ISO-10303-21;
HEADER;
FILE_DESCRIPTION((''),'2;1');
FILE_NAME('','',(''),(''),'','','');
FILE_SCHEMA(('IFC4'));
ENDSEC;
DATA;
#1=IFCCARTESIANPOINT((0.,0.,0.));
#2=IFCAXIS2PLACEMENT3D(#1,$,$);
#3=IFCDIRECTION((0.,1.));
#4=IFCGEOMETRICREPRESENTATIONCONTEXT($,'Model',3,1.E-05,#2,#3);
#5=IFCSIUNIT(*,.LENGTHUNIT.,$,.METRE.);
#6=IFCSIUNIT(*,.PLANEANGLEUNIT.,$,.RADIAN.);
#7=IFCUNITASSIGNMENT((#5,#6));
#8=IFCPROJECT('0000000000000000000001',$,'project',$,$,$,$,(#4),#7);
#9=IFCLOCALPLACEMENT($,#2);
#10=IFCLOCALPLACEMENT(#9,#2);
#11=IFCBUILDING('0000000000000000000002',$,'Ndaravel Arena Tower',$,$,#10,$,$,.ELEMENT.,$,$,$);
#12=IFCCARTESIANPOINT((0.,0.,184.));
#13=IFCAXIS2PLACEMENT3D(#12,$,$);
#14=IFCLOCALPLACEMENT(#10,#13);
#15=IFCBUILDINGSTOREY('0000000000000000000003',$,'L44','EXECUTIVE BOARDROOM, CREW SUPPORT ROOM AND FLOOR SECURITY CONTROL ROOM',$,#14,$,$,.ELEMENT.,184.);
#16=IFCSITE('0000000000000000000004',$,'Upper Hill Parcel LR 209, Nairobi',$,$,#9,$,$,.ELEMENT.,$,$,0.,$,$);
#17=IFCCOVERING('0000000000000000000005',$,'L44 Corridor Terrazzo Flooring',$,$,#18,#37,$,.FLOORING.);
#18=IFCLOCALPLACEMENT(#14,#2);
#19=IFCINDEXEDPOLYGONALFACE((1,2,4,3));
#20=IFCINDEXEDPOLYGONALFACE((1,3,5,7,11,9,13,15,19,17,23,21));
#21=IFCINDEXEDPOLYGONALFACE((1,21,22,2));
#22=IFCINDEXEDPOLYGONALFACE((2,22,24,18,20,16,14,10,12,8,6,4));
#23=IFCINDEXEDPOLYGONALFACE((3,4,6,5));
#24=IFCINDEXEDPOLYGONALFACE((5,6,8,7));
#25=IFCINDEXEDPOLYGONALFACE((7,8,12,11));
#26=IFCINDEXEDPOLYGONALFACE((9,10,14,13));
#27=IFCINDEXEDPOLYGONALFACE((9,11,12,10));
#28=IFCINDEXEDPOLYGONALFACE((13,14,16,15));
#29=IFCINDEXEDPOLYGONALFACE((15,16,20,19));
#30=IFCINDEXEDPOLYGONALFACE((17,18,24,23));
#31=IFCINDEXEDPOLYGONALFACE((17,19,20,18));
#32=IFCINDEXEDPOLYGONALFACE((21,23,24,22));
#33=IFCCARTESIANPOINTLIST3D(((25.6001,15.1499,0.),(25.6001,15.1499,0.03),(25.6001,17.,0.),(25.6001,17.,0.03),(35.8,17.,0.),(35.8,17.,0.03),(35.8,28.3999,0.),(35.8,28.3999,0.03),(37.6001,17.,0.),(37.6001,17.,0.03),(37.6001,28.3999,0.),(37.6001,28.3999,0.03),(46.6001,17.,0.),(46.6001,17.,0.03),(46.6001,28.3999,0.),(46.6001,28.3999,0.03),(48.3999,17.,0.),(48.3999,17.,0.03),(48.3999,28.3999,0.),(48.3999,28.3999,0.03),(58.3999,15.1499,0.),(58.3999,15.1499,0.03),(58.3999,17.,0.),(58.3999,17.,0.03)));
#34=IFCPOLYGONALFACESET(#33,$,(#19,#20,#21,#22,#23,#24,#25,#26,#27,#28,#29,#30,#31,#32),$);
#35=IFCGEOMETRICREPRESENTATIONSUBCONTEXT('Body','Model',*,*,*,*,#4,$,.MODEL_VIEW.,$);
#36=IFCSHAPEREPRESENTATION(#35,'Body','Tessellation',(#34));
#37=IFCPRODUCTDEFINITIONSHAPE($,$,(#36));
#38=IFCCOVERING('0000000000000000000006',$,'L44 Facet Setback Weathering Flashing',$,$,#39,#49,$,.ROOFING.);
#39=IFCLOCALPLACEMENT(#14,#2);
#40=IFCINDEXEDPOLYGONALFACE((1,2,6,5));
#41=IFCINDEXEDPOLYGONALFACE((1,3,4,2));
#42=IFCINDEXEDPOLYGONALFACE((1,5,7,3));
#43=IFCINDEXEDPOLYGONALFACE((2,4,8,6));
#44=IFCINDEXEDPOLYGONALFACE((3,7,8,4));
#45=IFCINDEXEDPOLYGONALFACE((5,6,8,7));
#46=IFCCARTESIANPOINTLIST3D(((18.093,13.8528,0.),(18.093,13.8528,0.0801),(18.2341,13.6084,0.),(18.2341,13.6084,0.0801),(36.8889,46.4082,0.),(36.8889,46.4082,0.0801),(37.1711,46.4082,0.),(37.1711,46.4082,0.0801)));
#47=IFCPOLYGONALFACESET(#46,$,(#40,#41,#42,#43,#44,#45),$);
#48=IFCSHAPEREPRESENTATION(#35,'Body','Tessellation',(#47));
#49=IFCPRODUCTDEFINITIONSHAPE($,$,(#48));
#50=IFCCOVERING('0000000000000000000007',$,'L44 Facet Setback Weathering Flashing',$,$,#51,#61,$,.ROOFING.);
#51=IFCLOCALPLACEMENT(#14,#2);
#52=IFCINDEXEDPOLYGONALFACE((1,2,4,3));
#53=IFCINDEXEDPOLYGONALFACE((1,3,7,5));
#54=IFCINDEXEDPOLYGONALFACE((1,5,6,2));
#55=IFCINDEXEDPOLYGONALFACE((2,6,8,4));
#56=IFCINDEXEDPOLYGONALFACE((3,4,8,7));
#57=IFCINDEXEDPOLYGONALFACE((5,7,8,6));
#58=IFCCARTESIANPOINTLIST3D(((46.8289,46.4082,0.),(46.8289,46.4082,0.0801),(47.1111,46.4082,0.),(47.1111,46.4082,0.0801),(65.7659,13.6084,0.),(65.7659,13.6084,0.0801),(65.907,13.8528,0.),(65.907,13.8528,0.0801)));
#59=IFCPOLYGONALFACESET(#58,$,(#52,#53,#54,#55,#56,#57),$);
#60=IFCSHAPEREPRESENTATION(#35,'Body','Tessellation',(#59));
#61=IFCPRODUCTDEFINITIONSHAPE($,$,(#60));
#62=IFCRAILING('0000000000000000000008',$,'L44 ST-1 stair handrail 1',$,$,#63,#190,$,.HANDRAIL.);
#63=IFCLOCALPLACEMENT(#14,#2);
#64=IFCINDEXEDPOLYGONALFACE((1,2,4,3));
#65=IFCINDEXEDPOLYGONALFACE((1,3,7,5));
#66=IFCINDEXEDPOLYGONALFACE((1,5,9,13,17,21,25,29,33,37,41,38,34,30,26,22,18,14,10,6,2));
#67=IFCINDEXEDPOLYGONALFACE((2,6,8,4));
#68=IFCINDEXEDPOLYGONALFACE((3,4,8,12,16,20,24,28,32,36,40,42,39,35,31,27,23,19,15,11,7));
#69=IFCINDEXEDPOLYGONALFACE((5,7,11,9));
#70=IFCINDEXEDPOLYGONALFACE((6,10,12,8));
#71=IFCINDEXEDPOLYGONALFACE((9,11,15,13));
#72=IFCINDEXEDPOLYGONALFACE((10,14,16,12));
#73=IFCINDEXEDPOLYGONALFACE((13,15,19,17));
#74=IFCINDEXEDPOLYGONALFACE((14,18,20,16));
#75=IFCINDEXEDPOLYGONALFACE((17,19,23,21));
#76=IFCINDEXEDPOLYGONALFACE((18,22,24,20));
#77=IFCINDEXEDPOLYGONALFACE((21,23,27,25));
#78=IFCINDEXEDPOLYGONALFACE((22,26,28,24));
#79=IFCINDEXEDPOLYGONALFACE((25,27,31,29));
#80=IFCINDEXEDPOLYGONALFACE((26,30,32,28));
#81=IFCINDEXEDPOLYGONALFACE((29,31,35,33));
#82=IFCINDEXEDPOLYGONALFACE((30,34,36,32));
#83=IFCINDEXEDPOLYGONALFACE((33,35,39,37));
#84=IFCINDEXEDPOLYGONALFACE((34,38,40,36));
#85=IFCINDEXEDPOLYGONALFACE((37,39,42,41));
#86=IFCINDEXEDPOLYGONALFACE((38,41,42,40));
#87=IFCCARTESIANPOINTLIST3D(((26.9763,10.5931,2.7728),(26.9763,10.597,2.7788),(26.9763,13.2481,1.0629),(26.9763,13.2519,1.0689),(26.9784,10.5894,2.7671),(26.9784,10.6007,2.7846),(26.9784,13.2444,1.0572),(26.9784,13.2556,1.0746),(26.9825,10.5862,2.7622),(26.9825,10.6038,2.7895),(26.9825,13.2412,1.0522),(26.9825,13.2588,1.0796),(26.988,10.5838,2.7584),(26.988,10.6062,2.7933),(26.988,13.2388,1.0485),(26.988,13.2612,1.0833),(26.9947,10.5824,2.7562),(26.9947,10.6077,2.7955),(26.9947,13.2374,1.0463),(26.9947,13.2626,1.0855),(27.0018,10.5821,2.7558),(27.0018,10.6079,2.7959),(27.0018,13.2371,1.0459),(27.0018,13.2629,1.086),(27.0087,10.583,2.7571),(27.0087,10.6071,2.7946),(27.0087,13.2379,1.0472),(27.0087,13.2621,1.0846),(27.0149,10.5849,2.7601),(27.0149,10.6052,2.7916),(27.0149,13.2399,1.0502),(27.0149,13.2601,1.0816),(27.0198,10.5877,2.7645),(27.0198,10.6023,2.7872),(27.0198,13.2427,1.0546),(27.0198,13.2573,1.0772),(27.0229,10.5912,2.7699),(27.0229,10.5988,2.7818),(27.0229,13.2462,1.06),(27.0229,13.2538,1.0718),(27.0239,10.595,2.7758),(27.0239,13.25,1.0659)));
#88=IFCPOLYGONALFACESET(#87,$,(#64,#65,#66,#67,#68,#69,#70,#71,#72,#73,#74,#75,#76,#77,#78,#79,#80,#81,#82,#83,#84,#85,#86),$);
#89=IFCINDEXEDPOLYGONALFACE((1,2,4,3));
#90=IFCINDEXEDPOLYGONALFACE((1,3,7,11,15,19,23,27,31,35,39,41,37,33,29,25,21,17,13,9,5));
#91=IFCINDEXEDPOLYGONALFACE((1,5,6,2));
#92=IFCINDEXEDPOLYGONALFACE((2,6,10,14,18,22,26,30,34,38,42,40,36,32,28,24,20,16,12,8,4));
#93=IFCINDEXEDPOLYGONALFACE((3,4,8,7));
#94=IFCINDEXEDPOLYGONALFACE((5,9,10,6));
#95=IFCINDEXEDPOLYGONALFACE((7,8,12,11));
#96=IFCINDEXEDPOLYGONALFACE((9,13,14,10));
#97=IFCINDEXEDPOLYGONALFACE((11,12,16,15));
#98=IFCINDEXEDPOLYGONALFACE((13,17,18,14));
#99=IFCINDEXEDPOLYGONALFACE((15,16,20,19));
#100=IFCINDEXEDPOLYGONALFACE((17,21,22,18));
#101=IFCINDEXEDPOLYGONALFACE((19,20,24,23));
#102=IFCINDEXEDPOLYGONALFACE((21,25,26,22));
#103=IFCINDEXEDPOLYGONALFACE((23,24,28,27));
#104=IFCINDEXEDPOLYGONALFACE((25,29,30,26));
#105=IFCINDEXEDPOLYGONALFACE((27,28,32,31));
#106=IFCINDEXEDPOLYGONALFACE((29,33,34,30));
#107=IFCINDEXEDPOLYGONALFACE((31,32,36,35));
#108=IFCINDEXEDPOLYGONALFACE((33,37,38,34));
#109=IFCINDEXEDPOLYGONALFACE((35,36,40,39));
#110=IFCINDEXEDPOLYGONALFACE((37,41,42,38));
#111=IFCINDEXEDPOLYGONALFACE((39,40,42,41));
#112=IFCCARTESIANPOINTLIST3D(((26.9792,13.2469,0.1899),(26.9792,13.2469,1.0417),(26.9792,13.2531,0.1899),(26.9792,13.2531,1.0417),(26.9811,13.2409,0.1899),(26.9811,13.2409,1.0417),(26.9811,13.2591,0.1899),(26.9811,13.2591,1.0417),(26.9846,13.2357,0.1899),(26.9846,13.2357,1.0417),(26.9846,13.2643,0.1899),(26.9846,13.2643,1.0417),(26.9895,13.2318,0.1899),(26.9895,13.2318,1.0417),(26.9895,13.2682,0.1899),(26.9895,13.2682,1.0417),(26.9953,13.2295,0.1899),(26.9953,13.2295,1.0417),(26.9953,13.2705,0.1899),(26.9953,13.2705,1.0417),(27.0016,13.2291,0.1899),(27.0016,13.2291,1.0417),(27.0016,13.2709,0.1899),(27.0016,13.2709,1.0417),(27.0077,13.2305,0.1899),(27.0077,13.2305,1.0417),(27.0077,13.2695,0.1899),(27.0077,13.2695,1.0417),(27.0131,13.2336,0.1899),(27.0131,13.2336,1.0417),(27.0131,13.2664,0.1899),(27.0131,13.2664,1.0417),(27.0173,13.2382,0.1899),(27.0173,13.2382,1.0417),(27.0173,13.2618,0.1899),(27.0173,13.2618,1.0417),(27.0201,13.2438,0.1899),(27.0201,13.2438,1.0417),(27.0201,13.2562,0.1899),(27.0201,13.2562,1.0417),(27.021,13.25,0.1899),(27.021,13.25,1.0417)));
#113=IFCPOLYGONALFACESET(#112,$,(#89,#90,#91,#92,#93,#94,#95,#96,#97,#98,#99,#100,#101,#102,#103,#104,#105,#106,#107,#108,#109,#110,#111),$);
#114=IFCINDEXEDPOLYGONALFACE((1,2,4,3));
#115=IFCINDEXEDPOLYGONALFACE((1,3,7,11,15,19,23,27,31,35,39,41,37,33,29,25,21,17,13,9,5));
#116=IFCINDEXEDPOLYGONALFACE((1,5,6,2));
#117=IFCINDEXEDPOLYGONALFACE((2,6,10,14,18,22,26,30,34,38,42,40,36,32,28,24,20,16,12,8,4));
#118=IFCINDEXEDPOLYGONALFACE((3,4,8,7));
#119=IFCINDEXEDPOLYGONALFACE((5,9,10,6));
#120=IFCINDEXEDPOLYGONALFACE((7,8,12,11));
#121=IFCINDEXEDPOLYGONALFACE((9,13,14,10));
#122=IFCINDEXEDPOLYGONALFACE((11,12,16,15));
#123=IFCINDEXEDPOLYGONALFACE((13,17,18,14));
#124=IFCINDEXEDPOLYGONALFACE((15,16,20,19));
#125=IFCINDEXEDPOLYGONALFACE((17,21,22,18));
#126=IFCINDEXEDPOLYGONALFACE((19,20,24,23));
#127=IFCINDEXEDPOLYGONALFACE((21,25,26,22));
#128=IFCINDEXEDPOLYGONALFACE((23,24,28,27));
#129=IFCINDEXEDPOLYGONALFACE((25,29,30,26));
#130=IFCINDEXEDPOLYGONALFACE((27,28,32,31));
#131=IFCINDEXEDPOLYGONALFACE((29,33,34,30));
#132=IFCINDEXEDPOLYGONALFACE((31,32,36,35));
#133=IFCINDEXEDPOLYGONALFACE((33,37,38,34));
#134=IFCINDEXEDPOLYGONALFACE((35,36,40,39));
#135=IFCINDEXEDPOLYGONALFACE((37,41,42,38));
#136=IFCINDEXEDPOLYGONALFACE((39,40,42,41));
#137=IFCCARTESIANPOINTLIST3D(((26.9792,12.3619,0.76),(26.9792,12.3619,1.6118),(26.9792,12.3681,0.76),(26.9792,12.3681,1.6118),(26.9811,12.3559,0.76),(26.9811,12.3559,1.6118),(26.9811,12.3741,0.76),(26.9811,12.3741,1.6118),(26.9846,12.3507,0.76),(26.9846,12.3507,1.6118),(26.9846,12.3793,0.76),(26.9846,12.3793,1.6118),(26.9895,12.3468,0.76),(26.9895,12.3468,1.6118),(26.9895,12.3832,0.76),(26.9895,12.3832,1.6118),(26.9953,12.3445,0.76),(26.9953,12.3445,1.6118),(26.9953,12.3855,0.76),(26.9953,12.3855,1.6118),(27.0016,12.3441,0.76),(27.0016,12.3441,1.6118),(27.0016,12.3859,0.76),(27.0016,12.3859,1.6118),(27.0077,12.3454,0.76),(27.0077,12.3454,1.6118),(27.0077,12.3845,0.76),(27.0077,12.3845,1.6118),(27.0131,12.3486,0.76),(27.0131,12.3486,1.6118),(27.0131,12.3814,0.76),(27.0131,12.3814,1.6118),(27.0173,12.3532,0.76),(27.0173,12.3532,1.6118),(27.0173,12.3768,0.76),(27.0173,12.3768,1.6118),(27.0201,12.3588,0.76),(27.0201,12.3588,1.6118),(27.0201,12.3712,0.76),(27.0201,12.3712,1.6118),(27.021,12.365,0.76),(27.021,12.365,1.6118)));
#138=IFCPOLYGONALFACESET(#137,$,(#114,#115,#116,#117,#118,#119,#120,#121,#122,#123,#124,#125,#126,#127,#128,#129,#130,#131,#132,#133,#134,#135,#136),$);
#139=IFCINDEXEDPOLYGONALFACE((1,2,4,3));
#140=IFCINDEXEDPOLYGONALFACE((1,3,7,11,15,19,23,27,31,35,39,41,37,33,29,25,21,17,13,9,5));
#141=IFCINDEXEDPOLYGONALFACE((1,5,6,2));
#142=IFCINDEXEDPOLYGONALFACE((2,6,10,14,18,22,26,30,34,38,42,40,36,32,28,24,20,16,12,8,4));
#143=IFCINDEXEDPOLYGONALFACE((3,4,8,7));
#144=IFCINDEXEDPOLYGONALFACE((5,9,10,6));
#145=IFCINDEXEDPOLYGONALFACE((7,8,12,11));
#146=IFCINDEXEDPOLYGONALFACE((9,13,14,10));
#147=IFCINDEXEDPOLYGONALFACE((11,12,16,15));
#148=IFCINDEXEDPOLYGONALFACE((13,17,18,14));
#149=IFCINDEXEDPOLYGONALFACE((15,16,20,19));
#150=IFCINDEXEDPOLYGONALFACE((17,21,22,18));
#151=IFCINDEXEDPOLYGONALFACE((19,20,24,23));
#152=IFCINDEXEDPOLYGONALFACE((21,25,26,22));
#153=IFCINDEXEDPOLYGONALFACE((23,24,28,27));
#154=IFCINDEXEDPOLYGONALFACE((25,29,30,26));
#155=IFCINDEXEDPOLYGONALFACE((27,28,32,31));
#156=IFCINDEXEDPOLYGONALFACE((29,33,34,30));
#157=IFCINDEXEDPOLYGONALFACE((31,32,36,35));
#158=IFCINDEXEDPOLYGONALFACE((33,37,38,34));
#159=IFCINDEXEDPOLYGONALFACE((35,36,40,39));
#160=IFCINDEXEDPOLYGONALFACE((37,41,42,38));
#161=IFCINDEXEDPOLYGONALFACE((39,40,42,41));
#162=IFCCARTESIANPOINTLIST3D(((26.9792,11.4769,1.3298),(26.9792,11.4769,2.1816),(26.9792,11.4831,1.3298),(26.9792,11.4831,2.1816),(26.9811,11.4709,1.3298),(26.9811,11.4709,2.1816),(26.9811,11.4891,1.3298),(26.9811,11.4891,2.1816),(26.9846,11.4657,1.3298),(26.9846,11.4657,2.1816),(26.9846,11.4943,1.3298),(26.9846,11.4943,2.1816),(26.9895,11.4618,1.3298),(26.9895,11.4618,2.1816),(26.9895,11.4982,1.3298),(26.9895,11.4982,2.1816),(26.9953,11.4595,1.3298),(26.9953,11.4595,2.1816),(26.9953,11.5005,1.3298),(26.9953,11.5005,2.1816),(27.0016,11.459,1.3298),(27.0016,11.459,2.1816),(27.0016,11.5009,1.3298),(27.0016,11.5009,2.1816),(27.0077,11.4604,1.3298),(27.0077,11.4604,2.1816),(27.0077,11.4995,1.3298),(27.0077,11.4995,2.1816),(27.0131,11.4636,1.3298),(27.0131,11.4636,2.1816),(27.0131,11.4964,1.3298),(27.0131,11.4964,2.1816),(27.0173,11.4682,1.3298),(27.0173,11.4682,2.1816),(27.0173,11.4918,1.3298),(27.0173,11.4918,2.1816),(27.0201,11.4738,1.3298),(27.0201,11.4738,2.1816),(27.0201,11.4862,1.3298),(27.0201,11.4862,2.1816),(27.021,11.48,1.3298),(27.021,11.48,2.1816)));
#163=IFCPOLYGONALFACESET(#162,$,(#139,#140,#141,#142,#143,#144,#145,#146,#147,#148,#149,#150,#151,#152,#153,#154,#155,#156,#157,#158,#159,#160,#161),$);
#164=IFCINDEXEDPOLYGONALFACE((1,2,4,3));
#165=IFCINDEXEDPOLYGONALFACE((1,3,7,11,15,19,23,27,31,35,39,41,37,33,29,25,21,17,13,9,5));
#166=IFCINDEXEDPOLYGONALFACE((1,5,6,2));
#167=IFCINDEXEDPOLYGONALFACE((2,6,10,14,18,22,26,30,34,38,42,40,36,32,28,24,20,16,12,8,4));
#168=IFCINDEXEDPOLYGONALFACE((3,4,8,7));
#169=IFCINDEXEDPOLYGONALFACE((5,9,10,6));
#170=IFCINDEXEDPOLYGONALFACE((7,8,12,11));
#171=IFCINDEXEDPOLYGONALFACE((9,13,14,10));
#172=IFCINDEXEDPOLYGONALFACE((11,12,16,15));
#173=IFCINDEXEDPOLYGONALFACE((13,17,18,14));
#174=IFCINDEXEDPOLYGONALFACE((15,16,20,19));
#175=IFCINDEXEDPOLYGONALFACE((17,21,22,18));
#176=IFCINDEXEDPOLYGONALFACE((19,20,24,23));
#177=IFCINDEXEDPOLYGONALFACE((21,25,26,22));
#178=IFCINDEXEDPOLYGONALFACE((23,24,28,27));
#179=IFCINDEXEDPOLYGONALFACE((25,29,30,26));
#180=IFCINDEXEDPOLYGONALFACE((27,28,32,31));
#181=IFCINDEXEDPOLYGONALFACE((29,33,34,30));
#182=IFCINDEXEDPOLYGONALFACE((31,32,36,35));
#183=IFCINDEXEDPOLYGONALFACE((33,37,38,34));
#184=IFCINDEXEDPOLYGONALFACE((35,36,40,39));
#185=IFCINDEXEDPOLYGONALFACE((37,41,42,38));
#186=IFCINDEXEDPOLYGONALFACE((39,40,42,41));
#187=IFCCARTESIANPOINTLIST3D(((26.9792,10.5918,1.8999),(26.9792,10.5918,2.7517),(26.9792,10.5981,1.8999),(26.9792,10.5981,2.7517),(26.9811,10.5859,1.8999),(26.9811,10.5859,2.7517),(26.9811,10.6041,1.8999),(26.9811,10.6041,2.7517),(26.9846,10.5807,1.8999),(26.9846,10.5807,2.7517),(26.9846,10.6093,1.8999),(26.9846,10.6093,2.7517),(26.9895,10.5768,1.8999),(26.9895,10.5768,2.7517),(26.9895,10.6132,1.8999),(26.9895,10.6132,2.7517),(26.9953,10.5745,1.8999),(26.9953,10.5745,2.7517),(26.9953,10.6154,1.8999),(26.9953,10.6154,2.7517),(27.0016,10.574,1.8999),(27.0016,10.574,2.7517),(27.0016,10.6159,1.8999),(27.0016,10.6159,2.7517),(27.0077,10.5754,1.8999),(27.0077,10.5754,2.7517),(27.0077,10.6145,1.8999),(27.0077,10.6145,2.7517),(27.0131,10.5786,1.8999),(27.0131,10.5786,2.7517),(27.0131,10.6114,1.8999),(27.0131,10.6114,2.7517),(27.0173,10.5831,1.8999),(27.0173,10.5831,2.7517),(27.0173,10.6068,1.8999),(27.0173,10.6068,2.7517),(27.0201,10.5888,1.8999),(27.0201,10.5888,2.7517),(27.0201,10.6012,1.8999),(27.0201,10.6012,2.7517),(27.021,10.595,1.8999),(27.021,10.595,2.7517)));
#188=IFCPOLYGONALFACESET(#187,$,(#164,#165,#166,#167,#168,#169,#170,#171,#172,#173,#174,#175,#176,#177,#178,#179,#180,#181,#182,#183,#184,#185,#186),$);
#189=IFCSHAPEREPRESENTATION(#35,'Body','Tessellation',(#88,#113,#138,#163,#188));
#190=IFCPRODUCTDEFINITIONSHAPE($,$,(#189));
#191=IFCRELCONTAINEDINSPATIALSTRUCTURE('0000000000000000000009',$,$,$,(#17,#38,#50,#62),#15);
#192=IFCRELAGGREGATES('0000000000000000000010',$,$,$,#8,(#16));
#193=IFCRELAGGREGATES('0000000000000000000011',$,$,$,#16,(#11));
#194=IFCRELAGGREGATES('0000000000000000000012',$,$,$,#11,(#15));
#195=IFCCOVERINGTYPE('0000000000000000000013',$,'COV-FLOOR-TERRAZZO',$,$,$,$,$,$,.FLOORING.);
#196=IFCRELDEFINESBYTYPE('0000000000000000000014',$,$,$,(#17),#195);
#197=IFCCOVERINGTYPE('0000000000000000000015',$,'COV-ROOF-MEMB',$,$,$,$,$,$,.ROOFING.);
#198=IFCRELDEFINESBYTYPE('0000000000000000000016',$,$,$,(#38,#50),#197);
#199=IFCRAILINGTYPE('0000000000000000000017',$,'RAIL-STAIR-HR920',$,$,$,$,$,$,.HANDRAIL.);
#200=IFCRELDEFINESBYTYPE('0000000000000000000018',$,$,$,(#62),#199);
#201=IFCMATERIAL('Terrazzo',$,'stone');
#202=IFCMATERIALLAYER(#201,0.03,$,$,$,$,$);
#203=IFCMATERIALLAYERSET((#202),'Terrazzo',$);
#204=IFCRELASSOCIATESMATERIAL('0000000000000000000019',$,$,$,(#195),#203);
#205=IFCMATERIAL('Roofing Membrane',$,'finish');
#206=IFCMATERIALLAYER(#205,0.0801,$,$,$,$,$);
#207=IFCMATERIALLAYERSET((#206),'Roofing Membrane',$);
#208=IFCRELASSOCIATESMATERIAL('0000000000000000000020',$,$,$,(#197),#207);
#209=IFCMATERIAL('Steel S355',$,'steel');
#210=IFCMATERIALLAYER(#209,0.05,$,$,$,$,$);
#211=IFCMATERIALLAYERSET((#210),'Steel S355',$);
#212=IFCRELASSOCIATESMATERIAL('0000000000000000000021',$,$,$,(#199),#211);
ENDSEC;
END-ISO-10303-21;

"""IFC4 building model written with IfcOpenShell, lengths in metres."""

from ifc_helpers import new_model, si_unit, direction, frame, origin, origin_2d, place, context, subcontext, project, spatial, polyline, circle, outline, extrude, material, layer, layer_set, type_object, element, save


model = new_model("IFC4")

# Units and contexts
model_context = context("Model", 3, precision=1e-05, world=origin(), true_north=direction((0.0, 1.0)))
body_context = subcontext(model_context, "Body", "Model", "MODEL_VIEW")
ifc_project = project(units=[si_unit("LENGTHUNIT", "METRE"), si_unit("PLANEANGLEUNIT", "RADIAN")], contexts=[model_context])

# Site, building, storey
site_placement = place(None, origin())
site = spatial("IfcSite", under=ifc_project, at=site_placement, Name="Upper Hill Parcel LR 209, Nairobi", CompositionType="ELEMENT", RefElevation=0.0)
building_placement = place(site_placement, origin())
building = spatial("IfcBuilding", under=site, at=building_placement, Name="Ndaravel Arena Tower", CompositionType="ELEMENT")
storey_placement = place(building_placement, frame((0.0, 0.0, 184.0)))
storey = spatial("IfcBuildingStorey", under=building, at=storey_placement, Name="L44", Description="EXECUTIVE BOARDROOM, CREW SUPPORT ROOM AND FLOOR SECURITY CONTROL ROOM", CompositionType="ELEMENT", Elevation=184.0)

# Coverings
ifc_material_1 = material(Name="Terrazzo", Category="stone")
ifc_layer_1 = layer(ifc_material_1, 0.03)
ifc_layer_set_1 = layer_set([ifc_layer_1], Name="Terrazzo")
covering_type_1 = type_object("IfcCoveringType", Name="COV-FLOOR-TERRAZZO", PredefinedType="FLOORING", material=ifc_layer_set_1)
covering_1_placement = place(storey_placement, origin())
element("IfcCovering", 1, at=covering_1_placement, inside=storey, type_object=covering_type_1, Name="L44 Corridor Terrazzo Flooring", PredefinedType="FLOORING", context=body_context, shape_type="SweptSolid", body=[
    extrude(outline(polyline([(58.3999, 17.0), (48.3999, 17.0), (48.3999, 28.3999), (46.6001, 28.3999), (46.6001, 17.0), (37.6001, 17.0), (37.6001, 28.3999), (35.8, 28.3999), (35.8, 17.0), (25.6001, 17.0), (25.6001, 15.1499), (58.3999, 15.1499), (58.3999, 17.0)])), origin(), (0.0, 0.0, 1.0), 0.03),
])
ifc_material_2 = material(Name="Roofing Membrane", Category="finish")
ifc_layer_2 = layer(ifc_material_2, 0.0801)
ifc_layer_set_2 = layer_set([ifc_layer_2], Name="Roofing Membrane")
covering_type_2 = type_object("IfcCoveringType", Name="COV-ROOF-MEMB", PredefinedType="ROOFING", material=ifc_layer_set_2)
covering_2_placement = place(storey_placement, origin())
element("IfcCovering", 2, at=covering_2_placement, inside=storey, type_object=covering_type_2, Name="L44 Facet Setback Weathering Flashing", PredefinedType="ROOFING", context=body_context, shape_type="SweptSolid", body=[
    extrude(outline(polyline([(18.093, 13.8528), (36.8889, 46.4082), (37.1711, 46.4082), (18.2341, 13.6084), (18.093, 13.8528)])), origin(), (0.0, 0.0, 1.0), 0.0801),
])
covering_3_placement = place(storey_placement, origin())
element("IfcCovering", 3, at=covering_3_placement, inside=storey, type_object=covering_type_2, Name="L44 Facet Setback Weathering Flashing", PredefinedType="ROOFING", context=body_context, shape_type="SweptSolid", body=[
    extrude(outline(polyline([(47.1111, 46.4082), (65.907, 13.8528), (65.7659, 13.6084), (46.8289, 46.4082), (47.1111, 46.4082)])), origin(), (0.0, 0.0, 1.0), 0.0801),
])

# Railing
ifc_material_3 = material(Name="Steel S355", Category="steel")
ifc_layer_3 = layer(ifc_material_3, 0.05)
ifc_layer_set_3 = layer_set([ifc_layer_3], Name="Steel S355")
railing_type = type_object("IfcRailingType", Name="RAIL-STAIR-HR920", PredefinedType="HANDRAIL", material=ifc_layer_set_3)
railing_placement = place(storey_placement, frame((27.0, 13.25, 0.1899)))
element("IfcRailing", 4, at=railing_placement, inside=storey, type_object=railing_type, Name="L44 ST-1 stair handrail 1", PredefinedType="HANDRAIL", context=body_context, shape_type="SweptSolid", body=[
    extrude(circle(Radius=0.0239, at=origin_2d()), frame((0.0, 0.0, 0.876), z_axis=(0.0, -0.840724, 0.541465), x_axis=(1.0, 0.0, 0.0)), (0.0, 0.0, 1.0), 3.158),
    extrude(circle(Radius=0.021, at=origin_2d()), origin(), (0.0, 0.0, 1.0), 0.8518),
    extrude(circle(Radius=0.021, at=origin_2d()), frame((0.0, -0.885, 0.5701)), (0.0, 0.0, 1.0), 0.8518),
    extrude(circle(Radius=0.021, at=origin_2d()), frame((0.0, -1.77, 1.1399)), (0.0, 0.0, 1.0), 0.8518),
    extrude(circle(Radius=0.021, at=origin_2d()), frame((0.0, -2.655, 1.71)), (0.0, 0.0, 1.0), 0.8518),
])

save(model, "model.ifc")
